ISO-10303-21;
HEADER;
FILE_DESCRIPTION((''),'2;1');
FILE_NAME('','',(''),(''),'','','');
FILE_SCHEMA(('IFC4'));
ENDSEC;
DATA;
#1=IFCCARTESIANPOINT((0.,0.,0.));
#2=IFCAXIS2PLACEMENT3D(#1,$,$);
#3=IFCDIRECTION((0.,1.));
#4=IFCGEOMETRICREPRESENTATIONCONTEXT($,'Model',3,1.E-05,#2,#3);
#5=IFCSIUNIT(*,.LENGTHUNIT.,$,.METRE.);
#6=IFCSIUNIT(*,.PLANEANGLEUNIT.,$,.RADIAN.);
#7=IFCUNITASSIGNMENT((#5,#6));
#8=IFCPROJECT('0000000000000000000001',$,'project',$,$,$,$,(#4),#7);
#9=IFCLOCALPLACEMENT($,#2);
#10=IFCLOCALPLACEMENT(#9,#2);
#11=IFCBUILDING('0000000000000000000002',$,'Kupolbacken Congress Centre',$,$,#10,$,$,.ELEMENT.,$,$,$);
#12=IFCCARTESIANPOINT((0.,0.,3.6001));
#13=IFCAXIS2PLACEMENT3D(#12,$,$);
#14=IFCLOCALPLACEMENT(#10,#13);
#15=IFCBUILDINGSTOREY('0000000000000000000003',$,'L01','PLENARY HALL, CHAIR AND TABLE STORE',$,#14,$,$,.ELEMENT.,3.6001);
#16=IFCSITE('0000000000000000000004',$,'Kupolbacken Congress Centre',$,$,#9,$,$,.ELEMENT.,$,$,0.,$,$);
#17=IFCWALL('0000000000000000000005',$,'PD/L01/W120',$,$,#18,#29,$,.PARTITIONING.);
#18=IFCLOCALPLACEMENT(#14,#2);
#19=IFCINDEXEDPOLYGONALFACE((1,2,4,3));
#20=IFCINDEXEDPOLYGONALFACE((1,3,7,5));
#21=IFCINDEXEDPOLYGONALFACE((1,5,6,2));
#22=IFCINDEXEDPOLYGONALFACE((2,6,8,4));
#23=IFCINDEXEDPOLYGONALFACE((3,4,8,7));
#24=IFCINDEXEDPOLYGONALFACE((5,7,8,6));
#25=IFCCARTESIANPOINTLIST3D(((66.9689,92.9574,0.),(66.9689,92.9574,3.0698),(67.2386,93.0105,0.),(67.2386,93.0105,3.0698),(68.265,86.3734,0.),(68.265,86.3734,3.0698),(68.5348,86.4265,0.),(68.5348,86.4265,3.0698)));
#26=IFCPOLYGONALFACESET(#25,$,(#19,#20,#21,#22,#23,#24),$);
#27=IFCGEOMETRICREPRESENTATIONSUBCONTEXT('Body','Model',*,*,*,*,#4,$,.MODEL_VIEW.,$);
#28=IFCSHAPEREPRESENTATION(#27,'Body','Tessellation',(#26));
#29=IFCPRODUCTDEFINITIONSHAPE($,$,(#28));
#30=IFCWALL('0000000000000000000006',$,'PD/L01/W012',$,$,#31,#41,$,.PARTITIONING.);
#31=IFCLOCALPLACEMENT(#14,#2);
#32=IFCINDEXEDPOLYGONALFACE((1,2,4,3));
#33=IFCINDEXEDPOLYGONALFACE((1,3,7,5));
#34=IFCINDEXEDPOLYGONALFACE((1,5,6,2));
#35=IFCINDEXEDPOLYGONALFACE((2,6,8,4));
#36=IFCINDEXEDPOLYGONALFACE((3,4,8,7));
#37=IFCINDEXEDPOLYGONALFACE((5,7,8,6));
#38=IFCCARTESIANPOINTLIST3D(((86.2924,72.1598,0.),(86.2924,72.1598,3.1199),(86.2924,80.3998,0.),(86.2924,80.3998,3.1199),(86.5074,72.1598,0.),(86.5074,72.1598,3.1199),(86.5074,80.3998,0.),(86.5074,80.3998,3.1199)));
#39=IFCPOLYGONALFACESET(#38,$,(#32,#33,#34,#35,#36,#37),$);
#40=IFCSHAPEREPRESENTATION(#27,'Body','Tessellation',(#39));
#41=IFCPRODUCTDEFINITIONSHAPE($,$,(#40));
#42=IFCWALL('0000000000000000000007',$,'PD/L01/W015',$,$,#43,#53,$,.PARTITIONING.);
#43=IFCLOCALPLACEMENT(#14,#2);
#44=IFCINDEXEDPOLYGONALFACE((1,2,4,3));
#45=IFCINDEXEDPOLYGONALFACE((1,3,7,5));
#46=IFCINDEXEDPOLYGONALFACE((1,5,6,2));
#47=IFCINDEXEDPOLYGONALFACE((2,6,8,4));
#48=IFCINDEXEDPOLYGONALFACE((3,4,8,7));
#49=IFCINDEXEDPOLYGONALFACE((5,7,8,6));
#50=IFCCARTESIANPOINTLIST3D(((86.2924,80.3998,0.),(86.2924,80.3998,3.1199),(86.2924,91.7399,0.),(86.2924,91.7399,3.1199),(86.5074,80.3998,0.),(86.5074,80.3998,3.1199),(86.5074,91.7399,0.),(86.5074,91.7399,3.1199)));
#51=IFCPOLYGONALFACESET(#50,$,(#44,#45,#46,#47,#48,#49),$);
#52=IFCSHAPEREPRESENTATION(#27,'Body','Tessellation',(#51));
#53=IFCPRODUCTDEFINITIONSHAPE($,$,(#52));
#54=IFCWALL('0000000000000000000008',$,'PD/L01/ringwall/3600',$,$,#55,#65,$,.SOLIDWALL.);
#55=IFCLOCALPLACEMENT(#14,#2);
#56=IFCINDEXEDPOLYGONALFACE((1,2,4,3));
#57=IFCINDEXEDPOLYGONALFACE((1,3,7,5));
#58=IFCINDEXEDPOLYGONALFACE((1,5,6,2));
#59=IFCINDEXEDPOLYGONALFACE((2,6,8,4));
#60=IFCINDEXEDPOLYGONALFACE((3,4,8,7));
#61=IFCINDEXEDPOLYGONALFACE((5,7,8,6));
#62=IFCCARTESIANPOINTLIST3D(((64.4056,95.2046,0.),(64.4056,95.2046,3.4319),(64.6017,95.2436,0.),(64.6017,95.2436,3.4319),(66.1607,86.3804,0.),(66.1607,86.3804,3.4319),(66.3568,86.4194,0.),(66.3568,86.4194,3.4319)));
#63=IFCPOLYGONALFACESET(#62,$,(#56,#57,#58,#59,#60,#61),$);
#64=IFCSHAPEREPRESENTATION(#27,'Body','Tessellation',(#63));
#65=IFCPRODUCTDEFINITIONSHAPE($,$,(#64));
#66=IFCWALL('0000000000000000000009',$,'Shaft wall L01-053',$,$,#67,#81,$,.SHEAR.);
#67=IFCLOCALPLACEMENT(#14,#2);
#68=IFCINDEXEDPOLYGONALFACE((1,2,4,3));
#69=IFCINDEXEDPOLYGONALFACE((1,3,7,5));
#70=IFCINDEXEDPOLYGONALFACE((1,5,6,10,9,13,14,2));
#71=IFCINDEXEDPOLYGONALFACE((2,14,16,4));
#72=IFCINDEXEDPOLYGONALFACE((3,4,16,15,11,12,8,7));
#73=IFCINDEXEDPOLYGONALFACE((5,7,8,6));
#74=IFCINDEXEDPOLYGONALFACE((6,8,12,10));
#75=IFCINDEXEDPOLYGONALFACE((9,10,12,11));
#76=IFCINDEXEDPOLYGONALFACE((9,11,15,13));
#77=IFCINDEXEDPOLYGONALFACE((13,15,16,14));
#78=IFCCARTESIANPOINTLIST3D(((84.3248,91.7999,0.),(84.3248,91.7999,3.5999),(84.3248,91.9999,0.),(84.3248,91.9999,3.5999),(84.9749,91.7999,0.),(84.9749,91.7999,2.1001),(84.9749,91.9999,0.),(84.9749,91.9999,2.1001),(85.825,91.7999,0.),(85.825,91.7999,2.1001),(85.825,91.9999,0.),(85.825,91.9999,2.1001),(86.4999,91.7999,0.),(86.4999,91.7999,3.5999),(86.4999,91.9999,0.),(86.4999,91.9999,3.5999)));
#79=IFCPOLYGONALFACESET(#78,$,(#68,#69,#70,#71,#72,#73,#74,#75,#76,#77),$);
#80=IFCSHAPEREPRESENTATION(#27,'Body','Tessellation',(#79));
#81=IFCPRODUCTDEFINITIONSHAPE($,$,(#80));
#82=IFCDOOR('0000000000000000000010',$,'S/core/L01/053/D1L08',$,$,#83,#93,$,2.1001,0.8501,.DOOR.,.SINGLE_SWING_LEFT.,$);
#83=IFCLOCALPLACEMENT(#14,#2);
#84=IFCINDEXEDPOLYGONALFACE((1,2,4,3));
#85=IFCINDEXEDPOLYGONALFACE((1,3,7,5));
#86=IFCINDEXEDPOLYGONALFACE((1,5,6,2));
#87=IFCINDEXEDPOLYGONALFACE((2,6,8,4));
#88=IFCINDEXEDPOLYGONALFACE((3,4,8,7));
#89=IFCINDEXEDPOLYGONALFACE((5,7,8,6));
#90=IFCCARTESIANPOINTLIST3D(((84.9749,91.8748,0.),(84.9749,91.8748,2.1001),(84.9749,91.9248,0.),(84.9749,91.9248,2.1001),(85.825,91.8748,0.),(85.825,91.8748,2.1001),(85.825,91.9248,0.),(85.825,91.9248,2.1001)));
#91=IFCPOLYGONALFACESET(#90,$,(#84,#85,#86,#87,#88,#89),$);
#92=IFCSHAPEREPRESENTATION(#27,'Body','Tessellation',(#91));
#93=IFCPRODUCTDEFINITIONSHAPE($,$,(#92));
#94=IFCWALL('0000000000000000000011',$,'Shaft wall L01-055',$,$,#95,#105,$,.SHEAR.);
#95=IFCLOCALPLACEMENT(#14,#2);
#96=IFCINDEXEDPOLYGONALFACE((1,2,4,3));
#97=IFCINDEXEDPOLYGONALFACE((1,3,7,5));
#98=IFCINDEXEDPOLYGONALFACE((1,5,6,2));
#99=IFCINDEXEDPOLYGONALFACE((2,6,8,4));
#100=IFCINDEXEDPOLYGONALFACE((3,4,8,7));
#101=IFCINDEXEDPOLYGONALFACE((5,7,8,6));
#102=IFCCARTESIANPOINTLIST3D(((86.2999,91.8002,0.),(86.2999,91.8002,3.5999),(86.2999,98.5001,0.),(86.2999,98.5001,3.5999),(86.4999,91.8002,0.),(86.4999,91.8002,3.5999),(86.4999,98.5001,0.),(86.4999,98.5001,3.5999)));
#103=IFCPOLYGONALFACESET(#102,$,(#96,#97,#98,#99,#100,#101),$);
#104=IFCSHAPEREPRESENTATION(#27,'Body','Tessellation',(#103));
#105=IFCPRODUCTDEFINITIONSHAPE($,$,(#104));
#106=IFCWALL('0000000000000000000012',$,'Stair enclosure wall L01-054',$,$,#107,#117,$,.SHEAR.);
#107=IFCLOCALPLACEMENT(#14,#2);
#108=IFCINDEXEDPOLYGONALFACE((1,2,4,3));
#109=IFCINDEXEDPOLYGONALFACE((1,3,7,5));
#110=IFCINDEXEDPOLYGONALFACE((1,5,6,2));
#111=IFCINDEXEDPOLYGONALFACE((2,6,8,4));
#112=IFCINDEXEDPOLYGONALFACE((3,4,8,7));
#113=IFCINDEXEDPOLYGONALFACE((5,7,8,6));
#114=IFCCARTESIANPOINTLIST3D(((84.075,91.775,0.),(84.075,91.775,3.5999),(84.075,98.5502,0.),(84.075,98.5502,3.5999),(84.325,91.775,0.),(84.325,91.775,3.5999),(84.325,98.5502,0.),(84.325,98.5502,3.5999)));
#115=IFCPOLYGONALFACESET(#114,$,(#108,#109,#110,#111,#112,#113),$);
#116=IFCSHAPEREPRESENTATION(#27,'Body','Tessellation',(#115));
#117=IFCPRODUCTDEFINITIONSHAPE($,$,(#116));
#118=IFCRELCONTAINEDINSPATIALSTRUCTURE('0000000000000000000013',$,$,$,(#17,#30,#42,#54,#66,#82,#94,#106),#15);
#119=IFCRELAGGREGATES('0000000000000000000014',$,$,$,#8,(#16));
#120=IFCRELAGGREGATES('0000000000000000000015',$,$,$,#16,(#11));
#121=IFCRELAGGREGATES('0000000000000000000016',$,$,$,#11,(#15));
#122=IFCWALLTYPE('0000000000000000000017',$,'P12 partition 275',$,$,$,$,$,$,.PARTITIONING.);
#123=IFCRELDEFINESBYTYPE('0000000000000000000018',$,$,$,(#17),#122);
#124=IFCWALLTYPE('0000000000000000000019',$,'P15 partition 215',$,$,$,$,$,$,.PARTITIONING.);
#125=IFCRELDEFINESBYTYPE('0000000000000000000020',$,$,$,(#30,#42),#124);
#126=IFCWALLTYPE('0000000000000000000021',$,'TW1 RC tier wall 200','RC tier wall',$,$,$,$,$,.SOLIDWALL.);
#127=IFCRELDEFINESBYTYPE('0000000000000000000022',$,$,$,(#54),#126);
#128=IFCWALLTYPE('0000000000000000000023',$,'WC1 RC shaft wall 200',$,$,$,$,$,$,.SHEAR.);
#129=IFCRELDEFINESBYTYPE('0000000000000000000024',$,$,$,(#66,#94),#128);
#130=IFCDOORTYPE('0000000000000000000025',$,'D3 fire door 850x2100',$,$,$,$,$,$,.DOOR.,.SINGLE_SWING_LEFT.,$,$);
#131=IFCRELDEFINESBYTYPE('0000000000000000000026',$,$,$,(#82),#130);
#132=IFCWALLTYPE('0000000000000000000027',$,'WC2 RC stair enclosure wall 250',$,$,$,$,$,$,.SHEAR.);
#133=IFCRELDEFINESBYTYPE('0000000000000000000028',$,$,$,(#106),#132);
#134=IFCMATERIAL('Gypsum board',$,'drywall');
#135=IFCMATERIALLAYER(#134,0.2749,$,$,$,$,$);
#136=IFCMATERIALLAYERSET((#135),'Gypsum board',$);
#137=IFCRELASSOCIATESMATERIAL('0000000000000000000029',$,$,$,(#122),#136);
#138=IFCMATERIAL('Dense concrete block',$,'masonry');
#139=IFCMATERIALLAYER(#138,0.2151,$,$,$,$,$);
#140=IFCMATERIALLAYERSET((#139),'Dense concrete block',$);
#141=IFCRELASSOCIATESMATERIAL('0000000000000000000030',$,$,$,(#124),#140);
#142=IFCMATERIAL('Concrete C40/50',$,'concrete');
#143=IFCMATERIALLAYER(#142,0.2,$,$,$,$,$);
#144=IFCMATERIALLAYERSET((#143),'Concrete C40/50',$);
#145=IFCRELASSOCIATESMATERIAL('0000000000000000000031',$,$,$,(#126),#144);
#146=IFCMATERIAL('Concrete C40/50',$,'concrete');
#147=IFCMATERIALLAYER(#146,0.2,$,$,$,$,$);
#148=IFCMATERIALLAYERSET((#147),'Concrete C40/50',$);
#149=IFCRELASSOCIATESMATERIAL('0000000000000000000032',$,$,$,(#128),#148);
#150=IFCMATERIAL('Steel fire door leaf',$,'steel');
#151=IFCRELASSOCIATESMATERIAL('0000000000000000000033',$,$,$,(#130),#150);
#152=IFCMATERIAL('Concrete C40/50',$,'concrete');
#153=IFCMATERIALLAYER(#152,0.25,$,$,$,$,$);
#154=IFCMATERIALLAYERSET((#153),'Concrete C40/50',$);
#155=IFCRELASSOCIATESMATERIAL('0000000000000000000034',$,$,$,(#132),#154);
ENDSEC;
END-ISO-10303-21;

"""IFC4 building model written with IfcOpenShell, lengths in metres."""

from ifc_helpers import new_model, si_unit, direction, frame, frame_2d, origin, place, context, subcontext, project, spatial, rectangle, extrude, material, layer, layer_set, type_object, element, fill, save


model = new_model("IFC4")

# Units and contexts
model_context = context("Model", 3, precision=1e-05, world=origin(), true_north=direction((0.0, 1.0)))
body_context = subcontext(model_context, "Body", "Model", "MODEL_VIEW")
ifc_project = project(units=[si_unit("LENGTHUNIT", "METRE"), si_unit("PLANEANGLEUNIT", "RADIAN")], contexts=[model_context])

# Site, building, storey
site_placement = place(None, origin())
site = spatial("IfcSite", under=ifc_project, at=site_placement, Name="Kupolbacken Congress Centre", CompositionType="ELEMENT", RefElevation=0.0)
building_placement = place(site_placement, origin())
building = spatial("IfcBuilding", under=site, at=building_placement, Name="Kupolbacken Congress Centre", CompositionType="ELEMENT")
storey_placement = place(building_placement, frame((0.0, 0.0, 3.6001)))
storey = spatial("IfcBuildingStorey", under=building, at=storey_placement, Name="L01", Description="PLENARY HALL, CHAIR AND TABLE STORE", CompositionType="ELEMENT", Elevation=3.6001)

# Walls
ifc_material_1 = material(Name="Gypsum board", Category="drywall")
ifc_layer_1 = layer(ifc_material_1, 0.2749)
ifc_layer_set_1 = layer_set([ifc_layer_1], Name="Gypsum board")
wall_type_1 = type_object("IfcWallType", Name="P12 partition 275", PredefinedType="PARTITIONING", material=ifc_layer_set_1)
wall_1_placement = place(storey_placement, frame((68.3999, 86.3999, 0.0), z_axis=(0.0, 0.0, 1.0), x_axis=(-0.193156, 0.981168, 0.0)))
element("IfcWall", 1, at=wall_1_placement, inside=storey, type_object=wall_type_1, Name="PD/L01/W120", PredefinedType="PARTITIONING", context=body_context, shape_type="SweptSolid", body=[
    extrude(rectangle(XDim=6.7104, YDim=0.2749, at=frame_2d((3.3552, 0.0))), origin(), (0.0, 0.0, 1.0), 3.0698),
])
ifc_material_2 = material(Name="Dense concrete block", Category="masonry")
ifc_layer_2 = layer(ifc_material_2, 0.2151)
ifc_layer_set_2 = layer_set([ifc_layer_2], Name="Dense concrete block")
wall_type_2 = type_object("IfcWallType", Name="P15 partition 215", PredefinedType="PARTITIONING", material=ifc_layer_set_2)
wall_2_placement = place(storey_placement, frame((86.3999, 80.3999, 0.0), z_axis=(0.0, 0.0, 1.0), x_axis=(0.0, -1.0, 0.0)))
element("IfcWall", 2, at=wall_2_placement, inside=storey, type_object=wall_type_2, Name="PD/L01/W012", PredefinedType="PARTITIONING", context=body_context, shape_type="SweptSolid", body=[
    extrude(rectangle(XDim=8.24, YDim=0.2151, at=frame_2d((4.1201, 0.0))), origin(), (0.0, 0.0, 1.0), 3.1199),
])
wall_3_placement = place(storey_placement, frame((86.3999, 80.3999, 0.0), z_axis=(0.0, 0.0, 1.0), x_axis=(0.0, 1.0, 0.0)))
element("IfcWall", 3, at=wall_3_placement, inside=storey, type_object=wall_type_2, Name="PD/L01/W015", PredefinedType="PARTITIONING", context=body_context, shape_type="SweptSolid", body=[
    extrude(rectangle(XDim=11.3401, YDim=0.2151, at=frame_2d((5.6699, 0.0))), origin(), (0.0, 0.0, 1.0), 3.1199),
])
ifc_material_3 = material(Name="Concrete C40/50", Category="concrete")
ifc_layer_3 = layer(ifc_material_3, 0.2)
ifc_layer_set_3 = layer_set([ifc_layer_3], Name="Concrete C40/50")
wall_type_3 = type_object("IfcWallType", Name="TW1 RC tier wall 200", Description="RC tier wall", PredefinedType="SOLIDWALL", material=ifc_layer_set_3)
wall_4_placement = place(storey_placement, frame((66.2588, 86.3999, 0.0), z_axis=(0.0, 0.0, 1.0), x_axis=(-0.195078, 0.980788, 0.0)))
element("IfcWall", 4, at=wall_4_placement, inside=storey, type_object=wall_type_3, Name="PD/L01/ringwall/3600", PredefinedType="SOLIDWALL", context=body_context, shape_type="SweptSolid", body=[
    extrude(rectangle(XDim=8.9971, YDim=0.2, at=frame_2d((4.4985, 0.0))), origin(), (0.0, 0.0, 1.0), 3.4319),
])

# Wall, opening, door
ifc_material_4 = material(Name="Concrete C40/50", Category="concrete")
ifc_layer_4 = layer(ifc_material_4, 0.2)
ifc_layer_set_4 = layer_set([ifc_layer_4], Name="Concrete C40/50")
wall_type_4 = type_object("IfcWallType", Name="WC1 RC shaft wall 200", PredefinedType="SHEAR", material=ifc_layer_set_4)
wall_5_placement = place(storey_placement, frame((84.325, 91.8999, 0.0), z_axis=(0.0, 0.0, 1.0), x_axis=(1.0, 0.0, 0.0)))
wall_5 = element("IfcWall", 5, at=wall_5_placement, inside=storey, type_object=wall_type_4, Name="Shaft wall L01-053", PredefinedType="SHEAR", context=body_context, shape_type="SweptSolid", body=[
    extrude(rectangle(XDim=2.175, YDim=0.2, at=frame_2d((1.0874, 0.0))), origin(), (0.0, 0.0, 1.0), 3.5999),
])
opening_1_placement = place(wall_5_placement, frame((0.6499, 0.0, 0.0)))
opening_1 = element("IfcOpeningElement", 6, at=opening_1_placement, cuts=wall_5, PredefinedType="OPENING", context=body_context, shape_type="SweptSolid", body=[
    extrude(rectangle(XDim=0.8501, YDim=2.1001, at=frame_2d((0.425, 1.05))), frame((0.0, 0.1099, 0.0), z_axis=(0.0, -1.0, 0.0), x_axis=(1.0, 0.0, 0.0)), (0.0, 0.0, 1.0), 0.22),
])
ifc_material_5 = material(Name="Steel fire door leaf", Category="steel")
door_type_1 = type_object("IfcDoorType", Name="D3 fire door 850x2100", OperationType="SINGLE_SWING_LEFT", PredefinedType="DOOR", material=ifc_material_5)
door_1_placement = place(opening_1_placement, origin())
door_1 = element("IfcDoor", 7, at=door_1_placement, inside=storey, type_object=door_type_1, Name="S/core/L01/053/D1L08", OperationType="SINGLE_SWING_LEFT", OverallHeight=2.1001, OverallWidth=0.8501, PredefinedType="DOOR", context=body_context, shape_type="SweptSolid", body=[
    extrude(rectangle(XDim=0.8501, YDim=2.1001, at=frame_2d((0.425, 1.05))), frame((0.0, 0.0249, 0.0), z_axis=(0.0, -1.0, 0.0), x_axis=(1.0, 0.0, 0.0)), (0.0, 0.0, 1.0), 0.05),
])
fill(opening_1, door_1)

# Wall
wall_6_placement = place(storey_placement, frame((86.3999, 91.8, 0.0), z_axis=(0.0, 0.0, 1.0), x_axis=(0.0, 1.0, 0.0)))
element("IfcWall", 8, at=wall_6_placement, inside=storey, type_object=wall_type_4, Name="Shaft wall L01-055", PredefinedType="SHEAR", context=body_context, shape_type="SweptSolid", body=[
    extrude(rectangle(XDim=6.7, YDim=0.2, at=frame_2d((3.3501, 0.0))), origin(), (0.0, 0.0, 1.0), 3.5999),
])

# Shared definitions
ifc_material_6 = material(Name="Concrete C40/50", Category="concrete")
ifc_layer_5 = layer(ifc_material_6, 0.25)
ifc_layer_set_5 = layer_set([ifc_layer_5], Name="Concrete C40/50")
wall_type_5 = type_object("IfcWallType", Name="WC2 RC stair enclosure wall 250", PredefinedType="SHEAR", material=ifc_layer_set_5)

# Wall
wall_7_placement = place(storey_placement, frame((84.2, 91.7749, 0.0), z_axis=(0.0, 0.0, 1.0), x_axis=(0.0, 1.0, 0.0)))
element("IfcWall", 9, at=wall_7_placement, inside=storey, type_object=wall_type_5, Name="Stair enclosure wall L01-054", PredefinedType="SHEAR", context=body_context, shape_type="SweptSolid", body=[
    extrude(rectangle(XDim=6.7751, YDim=0.25, at=frame_2d((3.3877, 0.0))), origin(), (0.0, 0.0, 1.0), 3.5999),
])

save(model, "model.ifc")
